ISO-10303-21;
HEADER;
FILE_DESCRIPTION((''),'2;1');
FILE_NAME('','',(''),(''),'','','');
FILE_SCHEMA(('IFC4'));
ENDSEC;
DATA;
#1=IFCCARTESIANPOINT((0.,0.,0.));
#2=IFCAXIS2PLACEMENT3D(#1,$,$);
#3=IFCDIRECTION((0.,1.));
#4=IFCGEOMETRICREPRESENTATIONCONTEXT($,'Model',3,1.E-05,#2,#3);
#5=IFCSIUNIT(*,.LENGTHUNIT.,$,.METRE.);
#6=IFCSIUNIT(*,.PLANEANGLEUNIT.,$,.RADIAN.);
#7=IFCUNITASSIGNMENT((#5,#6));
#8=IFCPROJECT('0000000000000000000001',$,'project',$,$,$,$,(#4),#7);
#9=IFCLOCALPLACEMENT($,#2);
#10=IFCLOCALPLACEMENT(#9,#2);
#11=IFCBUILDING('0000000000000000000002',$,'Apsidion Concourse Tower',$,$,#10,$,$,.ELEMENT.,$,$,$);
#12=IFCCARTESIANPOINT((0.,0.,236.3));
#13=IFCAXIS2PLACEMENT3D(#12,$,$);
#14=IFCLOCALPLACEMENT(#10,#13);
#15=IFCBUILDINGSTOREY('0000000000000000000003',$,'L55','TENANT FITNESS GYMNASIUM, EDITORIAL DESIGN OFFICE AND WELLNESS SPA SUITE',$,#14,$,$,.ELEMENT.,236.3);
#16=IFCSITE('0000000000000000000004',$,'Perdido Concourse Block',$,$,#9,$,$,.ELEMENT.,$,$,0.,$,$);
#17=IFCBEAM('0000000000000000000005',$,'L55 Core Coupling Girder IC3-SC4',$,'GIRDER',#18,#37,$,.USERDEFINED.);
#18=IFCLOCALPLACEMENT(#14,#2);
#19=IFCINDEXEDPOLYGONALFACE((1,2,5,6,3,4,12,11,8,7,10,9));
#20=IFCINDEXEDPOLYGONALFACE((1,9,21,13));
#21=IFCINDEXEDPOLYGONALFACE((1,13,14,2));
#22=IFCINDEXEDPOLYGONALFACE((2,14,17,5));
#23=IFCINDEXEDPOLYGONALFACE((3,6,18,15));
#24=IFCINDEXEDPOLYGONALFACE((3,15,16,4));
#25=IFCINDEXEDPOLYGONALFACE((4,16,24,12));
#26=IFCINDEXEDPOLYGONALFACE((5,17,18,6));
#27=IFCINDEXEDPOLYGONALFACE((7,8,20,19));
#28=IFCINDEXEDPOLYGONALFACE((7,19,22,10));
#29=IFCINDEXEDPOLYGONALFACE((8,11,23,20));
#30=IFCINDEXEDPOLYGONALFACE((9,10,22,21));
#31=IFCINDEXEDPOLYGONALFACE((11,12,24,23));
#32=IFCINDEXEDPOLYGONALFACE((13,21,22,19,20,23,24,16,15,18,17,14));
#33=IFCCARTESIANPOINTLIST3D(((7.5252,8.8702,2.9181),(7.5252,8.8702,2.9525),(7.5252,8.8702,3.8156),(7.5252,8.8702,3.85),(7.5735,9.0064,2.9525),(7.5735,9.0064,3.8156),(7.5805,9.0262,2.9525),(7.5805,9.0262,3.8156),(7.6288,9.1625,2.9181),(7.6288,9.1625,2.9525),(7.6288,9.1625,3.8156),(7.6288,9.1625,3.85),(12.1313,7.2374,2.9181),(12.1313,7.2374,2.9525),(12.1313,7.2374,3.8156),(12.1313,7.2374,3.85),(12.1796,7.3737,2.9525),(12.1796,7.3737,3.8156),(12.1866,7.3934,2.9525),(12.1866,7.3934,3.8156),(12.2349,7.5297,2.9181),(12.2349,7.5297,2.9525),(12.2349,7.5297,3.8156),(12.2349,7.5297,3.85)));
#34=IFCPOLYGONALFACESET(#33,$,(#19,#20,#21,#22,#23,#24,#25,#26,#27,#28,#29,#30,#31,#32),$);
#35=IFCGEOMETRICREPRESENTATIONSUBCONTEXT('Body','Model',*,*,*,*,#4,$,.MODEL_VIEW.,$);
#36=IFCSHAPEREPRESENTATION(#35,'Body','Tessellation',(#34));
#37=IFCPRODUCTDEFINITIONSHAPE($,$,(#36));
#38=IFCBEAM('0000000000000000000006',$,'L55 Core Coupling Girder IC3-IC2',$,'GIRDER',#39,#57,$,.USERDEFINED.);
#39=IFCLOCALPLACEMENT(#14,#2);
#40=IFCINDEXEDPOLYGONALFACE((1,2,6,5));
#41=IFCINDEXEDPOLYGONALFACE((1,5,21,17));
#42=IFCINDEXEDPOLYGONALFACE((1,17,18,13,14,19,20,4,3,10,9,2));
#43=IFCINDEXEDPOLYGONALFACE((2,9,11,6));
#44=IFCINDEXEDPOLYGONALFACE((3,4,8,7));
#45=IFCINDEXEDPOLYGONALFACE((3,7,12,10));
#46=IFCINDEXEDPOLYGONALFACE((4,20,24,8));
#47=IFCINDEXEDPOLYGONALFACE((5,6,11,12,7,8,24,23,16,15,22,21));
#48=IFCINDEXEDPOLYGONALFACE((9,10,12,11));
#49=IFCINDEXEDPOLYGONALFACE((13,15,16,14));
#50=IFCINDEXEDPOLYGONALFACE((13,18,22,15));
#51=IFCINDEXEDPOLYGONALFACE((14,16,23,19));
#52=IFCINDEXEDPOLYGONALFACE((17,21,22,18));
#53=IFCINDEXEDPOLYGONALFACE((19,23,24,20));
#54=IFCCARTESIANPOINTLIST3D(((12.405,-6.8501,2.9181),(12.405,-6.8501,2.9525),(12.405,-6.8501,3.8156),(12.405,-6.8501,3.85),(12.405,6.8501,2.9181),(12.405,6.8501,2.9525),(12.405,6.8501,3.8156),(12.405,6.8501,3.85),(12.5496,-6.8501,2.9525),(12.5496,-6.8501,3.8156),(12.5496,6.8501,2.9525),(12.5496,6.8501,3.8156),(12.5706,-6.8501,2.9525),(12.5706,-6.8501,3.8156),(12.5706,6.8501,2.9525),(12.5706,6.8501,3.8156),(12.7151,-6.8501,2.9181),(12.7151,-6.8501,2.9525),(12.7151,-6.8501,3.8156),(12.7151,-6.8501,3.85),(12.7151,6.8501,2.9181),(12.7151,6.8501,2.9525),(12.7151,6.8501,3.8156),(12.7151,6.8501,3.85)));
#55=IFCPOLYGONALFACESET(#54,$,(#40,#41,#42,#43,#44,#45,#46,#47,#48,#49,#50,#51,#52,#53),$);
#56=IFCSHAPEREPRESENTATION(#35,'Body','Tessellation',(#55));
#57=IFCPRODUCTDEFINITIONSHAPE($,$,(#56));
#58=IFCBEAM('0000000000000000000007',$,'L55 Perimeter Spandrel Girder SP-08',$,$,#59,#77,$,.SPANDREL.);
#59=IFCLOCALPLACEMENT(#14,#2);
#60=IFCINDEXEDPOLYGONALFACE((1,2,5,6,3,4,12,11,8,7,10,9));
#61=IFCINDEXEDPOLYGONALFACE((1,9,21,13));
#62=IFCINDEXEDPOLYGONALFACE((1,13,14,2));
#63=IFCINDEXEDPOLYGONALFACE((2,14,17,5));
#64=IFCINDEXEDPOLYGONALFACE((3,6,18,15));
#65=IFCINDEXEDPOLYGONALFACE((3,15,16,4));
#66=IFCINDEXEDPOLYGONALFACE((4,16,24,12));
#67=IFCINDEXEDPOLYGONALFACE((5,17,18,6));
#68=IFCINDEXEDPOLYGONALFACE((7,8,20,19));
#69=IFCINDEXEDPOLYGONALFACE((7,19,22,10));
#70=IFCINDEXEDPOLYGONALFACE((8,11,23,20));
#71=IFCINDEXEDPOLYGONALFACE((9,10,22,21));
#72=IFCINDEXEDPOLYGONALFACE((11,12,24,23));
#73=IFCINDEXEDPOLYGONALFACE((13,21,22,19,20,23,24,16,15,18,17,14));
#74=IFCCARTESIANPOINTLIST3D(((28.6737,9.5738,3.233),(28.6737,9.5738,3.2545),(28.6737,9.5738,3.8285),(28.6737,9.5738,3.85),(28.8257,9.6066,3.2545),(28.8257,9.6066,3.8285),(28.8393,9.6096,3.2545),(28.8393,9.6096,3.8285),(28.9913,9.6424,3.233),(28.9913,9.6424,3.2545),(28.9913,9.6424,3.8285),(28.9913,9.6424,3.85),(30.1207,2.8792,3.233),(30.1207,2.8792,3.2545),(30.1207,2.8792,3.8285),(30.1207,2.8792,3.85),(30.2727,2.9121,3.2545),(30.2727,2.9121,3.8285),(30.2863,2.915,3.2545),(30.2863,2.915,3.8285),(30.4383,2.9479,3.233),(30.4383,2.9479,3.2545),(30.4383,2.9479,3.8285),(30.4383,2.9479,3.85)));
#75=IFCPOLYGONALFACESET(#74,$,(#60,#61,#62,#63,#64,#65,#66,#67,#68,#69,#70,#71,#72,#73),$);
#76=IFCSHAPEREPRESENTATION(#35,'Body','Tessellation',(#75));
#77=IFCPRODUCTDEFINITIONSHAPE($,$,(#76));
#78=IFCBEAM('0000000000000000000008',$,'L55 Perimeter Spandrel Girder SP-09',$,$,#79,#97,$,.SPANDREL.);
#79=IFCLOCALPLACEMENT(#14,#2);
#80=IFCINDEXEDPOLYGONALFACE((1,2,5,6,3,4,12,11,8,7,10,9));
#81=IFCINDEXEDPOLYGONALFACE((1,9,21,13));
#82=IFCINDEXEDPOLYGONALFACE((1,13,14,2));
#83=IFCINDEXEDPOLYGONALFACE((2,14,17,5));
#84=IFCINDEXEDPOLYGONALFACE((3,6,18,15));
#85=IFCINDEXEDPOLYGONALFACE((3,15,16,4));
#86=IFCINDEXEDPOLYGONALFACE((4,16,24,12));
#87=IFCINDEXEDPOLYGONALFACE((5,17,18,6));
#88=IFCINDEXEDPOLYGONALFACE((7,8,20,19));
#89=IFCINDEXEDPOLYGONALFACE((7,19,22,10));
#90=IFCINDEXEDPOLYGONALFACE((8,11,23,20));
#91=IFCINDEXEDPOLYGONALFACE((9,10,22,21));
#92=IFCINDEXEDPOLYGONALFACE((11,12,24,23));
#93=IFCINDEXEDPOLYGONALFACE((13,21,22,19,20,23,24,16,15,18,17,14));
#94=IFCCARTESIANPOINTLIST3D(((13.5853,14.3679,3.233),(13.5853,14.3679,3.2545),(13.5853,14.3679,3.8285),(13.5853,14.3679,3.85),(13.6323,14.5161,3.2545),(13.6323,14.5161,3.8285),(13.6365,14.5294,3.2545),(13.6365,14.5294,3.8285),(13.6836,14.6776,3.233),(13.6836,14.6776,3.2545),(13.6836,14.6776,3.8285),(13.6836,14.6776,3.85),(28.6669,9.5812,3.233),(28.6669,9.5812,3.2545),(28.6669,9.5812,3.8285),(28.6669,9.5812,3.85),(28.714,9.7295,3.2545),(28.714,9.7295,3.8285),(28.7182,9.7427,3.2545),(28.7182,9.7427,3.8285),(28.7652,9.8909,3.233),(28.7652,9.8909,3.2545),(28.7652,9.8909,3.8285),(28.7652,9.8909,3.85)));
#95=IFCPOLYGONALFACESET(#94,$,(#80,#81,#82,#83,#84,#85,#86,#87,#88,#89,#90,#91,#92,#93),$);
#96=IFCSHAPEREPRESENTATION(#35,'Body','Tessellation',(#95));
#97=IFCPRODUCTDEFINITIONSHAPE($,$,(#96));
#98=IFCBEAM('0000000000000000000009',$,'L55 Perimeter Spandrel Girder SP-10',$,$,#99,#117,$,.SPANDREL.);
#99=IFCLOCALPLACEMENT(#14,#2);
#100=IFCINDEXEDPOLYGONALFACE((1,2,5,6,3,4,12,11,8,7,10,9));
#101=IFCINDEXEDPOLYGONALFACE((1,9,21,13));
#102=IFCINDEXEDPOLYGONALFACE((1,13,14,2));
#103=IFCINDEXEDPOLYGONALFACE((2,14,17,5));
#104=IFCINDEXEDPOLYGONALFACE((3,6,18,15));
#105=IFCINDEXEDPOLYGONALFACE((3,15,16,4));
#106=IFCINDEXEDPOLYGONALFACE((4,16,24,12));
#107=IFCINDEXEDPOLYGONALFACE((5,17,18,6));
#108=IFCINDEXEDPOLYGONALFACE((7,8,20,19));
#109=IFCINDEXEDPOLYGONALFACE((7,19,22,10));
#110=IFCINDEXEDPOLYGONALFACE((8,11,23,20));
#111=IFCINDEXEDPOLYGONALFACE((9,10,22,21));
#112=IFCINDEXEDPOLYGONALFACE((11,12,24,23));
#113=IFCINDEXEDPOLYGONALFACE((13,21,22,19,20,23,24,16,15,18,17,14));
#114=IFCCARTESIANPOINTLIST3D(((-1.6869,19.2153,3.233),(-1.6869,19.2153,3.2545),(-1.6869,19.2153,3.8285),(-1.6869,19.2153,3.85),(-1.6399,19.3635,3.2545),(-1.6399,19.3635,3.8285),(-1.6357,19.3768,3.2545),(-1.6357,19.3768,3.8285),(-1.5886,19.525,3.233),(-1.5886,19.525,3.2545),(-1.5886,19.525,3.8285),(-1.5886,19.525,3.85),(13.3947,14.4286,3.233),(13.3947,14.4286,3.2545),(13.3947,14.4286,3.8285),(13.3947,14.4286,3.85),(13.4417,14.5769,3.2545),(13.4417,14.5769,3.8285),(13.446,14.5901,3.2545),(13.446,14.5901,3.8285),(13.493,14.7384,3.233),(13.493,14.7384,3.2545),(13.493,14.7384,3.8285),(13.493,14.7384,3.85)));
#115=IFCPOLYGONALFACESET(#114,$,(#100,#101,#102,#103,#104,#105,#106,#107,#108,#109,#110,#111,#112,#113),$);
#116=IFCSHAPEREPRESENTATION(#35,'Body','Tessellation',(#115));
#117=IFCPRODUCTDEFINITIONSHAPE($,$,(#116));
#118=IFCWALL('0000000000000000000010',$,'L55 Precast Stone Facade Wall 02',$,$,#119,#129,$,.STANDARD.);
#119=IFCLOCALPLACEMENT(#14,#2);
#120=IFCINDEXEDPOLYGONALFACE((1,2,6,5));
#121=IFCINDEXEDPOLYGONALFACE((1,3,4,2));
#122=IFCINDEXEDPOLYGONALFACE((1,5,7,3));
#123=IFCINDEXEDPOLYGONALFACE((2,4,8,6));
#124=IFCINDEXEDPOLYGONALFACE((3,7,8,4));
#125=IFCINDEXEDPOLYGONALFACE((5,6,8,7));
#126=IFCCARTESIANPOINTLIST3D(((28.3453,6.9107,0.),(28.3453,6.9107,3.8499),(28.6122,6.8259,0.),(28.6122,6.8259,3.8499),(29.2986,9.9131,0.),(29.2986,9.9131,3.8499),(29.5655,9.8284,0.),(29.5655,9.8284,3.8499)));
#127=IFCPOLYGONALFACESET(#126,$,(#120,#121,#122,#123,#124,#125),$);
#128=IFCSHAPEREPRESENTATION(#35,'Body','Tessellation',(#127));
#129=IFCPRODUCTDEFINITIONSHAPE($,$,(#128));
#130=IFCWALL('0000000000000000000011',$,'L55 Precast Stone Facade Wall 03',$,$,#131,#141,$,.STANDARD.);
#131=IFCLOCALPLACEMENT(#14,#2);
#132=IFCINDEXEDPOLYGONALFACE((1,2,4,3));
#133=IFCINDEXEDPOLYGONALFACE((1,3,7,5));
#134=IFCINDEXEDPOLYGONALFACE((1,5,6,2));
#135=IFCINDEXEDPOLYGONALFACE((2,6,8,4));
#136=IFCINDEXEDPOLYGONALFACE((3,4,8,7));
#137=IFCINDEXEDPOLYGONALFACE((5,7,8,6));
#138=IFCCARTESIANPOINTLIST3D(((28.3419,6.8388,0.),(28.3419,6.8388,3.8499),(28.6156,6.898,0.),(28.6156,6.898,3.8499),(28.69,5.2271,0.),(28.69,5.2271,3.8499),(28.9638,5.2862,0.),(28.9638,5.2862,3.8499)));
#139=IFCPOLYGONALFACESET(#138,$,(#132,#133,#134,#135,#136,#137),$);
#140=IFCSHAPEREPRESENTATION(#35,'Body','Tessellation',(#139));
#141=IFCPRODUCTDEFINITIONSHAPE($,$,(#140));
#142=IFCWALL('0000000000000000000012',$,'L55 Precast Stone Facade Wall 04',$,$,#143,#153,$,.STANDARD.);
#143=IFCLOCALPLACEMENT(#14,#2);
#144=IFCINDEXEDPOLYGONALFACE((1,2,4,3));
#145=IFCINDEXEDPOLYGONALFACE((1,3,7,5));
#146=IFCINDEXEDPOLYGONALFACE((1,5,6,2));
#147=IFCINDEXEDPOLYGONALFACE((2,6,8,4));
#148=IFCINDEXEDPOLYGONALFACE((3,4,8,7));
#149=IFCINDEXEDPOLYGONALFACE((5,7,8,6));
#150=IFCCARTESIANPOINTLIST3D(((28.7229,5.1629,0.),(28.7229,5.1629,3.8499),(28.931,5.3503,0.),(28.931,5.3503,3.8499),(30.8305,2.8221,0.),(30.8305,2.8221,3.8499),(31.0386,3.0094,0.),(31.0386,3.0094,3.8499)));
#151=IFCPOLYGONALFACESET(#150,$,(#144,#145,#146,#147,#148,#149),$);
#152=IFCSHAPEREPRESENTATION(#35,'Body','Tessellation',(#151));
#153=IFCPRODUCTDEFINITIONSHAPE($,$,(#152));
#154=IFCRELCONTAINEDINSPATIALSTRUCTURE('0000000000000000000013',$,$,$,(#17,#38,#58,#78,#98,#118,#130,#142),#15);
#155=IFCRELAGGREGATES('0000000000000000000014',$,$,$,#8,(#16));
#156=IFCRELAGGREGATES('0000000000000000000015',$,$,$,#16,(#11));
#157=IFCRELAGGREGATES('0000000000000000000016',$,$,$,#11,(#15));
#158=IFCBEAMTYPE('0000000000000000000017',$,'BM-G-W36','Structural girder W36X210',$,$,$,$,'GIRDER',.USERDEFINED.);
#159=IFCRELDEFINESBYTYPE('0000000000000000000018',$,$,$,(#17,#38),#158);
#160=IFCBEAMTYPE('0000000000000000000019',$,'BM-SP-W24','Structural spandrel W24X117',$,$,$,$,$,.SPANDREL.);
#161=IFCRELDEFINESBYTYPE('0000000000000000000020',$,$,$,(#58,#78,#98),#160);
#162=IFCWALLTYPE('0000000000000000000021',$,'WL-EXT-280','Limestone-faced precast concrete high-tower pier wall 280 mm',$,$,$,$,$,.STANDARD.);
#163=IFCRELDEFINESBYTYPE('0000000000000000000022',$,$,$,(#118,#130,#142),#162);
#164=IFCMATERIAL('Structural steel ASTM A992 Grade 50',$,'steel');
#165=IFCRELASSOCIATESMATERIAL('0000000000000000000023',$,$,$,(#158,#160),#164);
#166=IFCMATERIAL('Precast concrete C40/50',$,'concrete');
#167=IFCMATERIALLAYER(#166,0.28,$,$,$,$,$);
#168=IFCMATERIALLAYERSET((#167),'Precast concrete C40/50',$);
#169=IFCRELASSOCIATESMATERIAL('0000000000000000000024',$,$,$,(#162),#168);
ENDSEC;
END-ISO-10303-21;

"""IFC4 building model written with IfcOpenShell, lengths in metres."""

from ifc_helpers import new_model, si_unit, direction, frame, frame_2d, origin, origin_2d, place, context, subcontext, project, spatial, rectangle, i_section, extrude, material, layer, layer_set, material_profile, profile_set, type_object, element, save


model = new_model("IFC4")

# Units and contexts
model_context = context("Model", 3, precision=1e-05, world=origin(), true_north=direction((0.0, 1.0)))
body_context = subcontext(model_context, "Body", "Model", "MODEL_VIEW")
ifc_project = project(units=[si_unit("LENGTHUNIT", "METRE"), si_unit("PLANEANGLEUNIT", "RADIAN")], contexts=[model_context])

# Site, building, storey
site_placement = place(None, origin())
site = spatial("IfcSite", under=ifc_project, at=site_placement, Name="Perdido Concourse Block", CompositionType="ELEMENT", RefElevation=0.0)
building_placement = place(site_placement, origin())
building = spatial("IfcBuilding", under=site, at=building_placement, Name="Apsidion Concourse Tower", CompositionType="ELEMENT")
storey_placement = place(building_placement, frame((0.0, 0.0, 236.3)))
storey = spatial("IfcBuildingStorey", under=building, at=storey_placement, Name="L55", Description="TENANT FITNESS GYMNASIUM, EDITORIAL DESIGN OFFICE AND WELLNESS SPA SUITE", CompositionType="ELEMENT", Elevation=236.3)

# Shared definitions
ifc_material_1 = material(Name="Structural steel ASTM A992 Grade 50", Category="steel")

# Beams
ifc_material_profile_1 = material_profile(ifc_material_1, i_section(OverallWidth=0.3101, OverallDepth=0.9319, WebThickness=0.021, FlangeThickness=0.0344, at=origin_2d()), Name="W36X210")
ifc_profile_set_1 = profile_set([ifc_material_profile_1], Name="Structural steel ASTM A992 Grade 50")
beam_type_1 = type_object("IfcBeamType", Name="BM-G-W36", Description="Structural girder W36X210", ElementType="GIRDER", PredefinedType="USERDEFINED", material=ifc_profile_set_1)
beam_1_placement = place(storey_placement, frame((12.1831, 7.3835, 3.384), z_axis=(-0.942534, 0.334111, 0.0), x_axis=(-0.334111, -0.942534, 0.0)))
element("IfcBeam", 1, at=beam_1_placement, inside=storey, type_object=beam_type_1, Name="L55 Core Coupling Girder IC3-SC4", ObjectType="GIRDER", PredefinedType="USERDEFINED", context=body_context, shape_type="SweptSolid", body=[
    extrude(i_section(OverallWidth=0.3101, OverallDepth=0.9319, WebThickness=0.021, FlangeThickness=0.0344, at=origin_2d()), origin(), (0.0, 0.0, 1.0), 4.887),
])
beam_2_placement = place(storey_placement, frame((12.5601, 6.8501, 3.384), z_axis=(0.0, -1.0, 0.0), x_axis=(1.0, 0.0, 0.0)))
element("IfcBeam", 2, at=beam_2_placement, inside=storey, type_object=beam_type_1, Name="L55 Core Coupling Girder IC3-IC2", ObjectType="GIRDER", PredefinedType="USERDEFINED", context=body_context, shape_type="SweptSolid", body=[
    extrude(i_section(OverallWidth=0.3101, OverallDepth=0.9319, WebThickness=0.021, FlangeThickness=0.0344, at=origin_2d()), origin(), (0.0, 0.0, 1.0), 13.7002),
])
ifc_material_profile_2 = material_profile(ifc_material_1, i_section(OverallWidth=0.325, OverallDepth=0.6169, WebThickness=0.0139, FlangeThickness=0.0215, at=origin_2d()), Name="W24X117")
ifc_profile_set_2 = profile_set([ifc_material_profile_2], Name="Structural steel ASTM A992 Grade 50")
beam_type_2 = type_object("IfcBeamType", Name="BM-SP-W24", Description="Structural spandrel W24X117", PredefinedType="SPANDREL", material=ifc_profile_set_2)
beam_3_placement = place(storey_placement, frame((30.2795, 2.9136, 3.5415), z_axis=(-0.211269, 0.977428, 0.0), x_axis=(-0.977428, -0.211269, 0.0)))
element("IfcBeam", 3, at=beam_3_placement, inside=storey, type_object=beam_type_2, Name="L55 Perimeter Spandrel Girder SP-08", PredefinedType="SPANDREL", context=body_context, shape_type="SweptSolid", body=[
    extrude(i_section(OverallWidth=0.325, OverallDepth=0.6169, WebThickness=0.0139, FlangeThickness=0.0215, at=origin_2d()), origin(), (0.0, 0.0, 1.0), 6.8491),
])
for number, where, z_axis, x_axis, name in (
    (4, (28.7161, 9.7361, 3.5415), (-0.953146, 0.302512, 0.0), (-0.302512, -0.953146, 0.0), "L55 Perimeter Spandrel Girder SP-09"),
    (5, (13.4438, 14.5835, 3.5415), (-0.953146, 0.302512, 0.0), (-0.302512, -0.953146, 0.0), "L55 Perimeter Spandrel Girder SP-10"),
):
    element("IfcBeam", number, at=place(storey_placement, frame(where, z_axis=z_axis, x_axis=x_axis)), inside=storey, type_object=beam_type_2, Name=name, PredefinedType="SPANDREL", context=body_context, shape_type="SweptSolid", body=[
        extrude(i_section(OverallWidth=0.325, OverallDepth=0.6169, WebThickness=0.0139, FlangeThickness=0.0215, at=origin_2d()), origin(), (0.0, 0.0, 1.0), 15.823),
    ])

# Walls
ifc_material_2 = material(Name="Precast concrete C40/50", Category="concrete")
ifc_layer_1 = layer(ifc_material_2, 0.28)
ifc_layer_set_1 = layer_set([ifc_layer_1], Name="Precast concrete C40/50")
wall_type_1 = type_object("IfcWallType", Name="WL-EXT-280", Description="Limestone-faced precast concrete high-tower pier wall 280 mm", PredefinedType="STANDARD", material=ifc_layer_set_1)
wall_1_placement = place(storey_placement, frame((29.4321, 9.8708, 0.0), z_axis=(0.0, 0.0, 1.0), x_axis=(-0.302641, -0.953105, 0.0)))
element("IfcWall", 6, at=wall_1_placement, inside=storey, type_object=wall_type_1, Name="L55 Precast Stone Facade Wall 02", PredefinedType="STANDARD", context=body_context, shape_type="SweptSolid", body=[
    extrude(rectangle(XDim=3.1501, YDim=0.28, at=frame_2d((1.5752, 0.0))), origin(), (0.0, 0.0, 1.0), 3.8499),
])
wall_2_placement = place(storey_placement, frame((28.4788, 6.8684, 0.0), z_axis=(0.0, 0.0, 1.0), x_axis=(0.211126, -0.977459, 0.0)))
element("IfcWall", 7, at=wall_2_placement, inside=storey, type_object=wall_type_1, Name="L55 Precast Stone Facade Wall 03", PredefinedType="STANDARD", context=body_context, shape_type="SweptSolid", body=[
    extrude(rectangle(XDim=1.6489, YDim=0.28, at=frame_2d((0.8245, 0.0))), origin(), (0.0, 0.0, 1.0), 3.8499),
])
wall_3_placement = place(storey_placement, frame((28.8269, 5.2566, 0.0), z_axis=(0.0, 0.0, 1.0), x_axis=(0.669127, -0.743148, 0.0)))
element("IfcWall", 8, at=wall_3_placement, inside=storey, type_object=wall_type_1, Name="L55 Precast Stone Facade Wall 04", PredefinedType="STANDARD", context=body_context, shape_type="SweptSolid", body=[
    extrude(rectangle(XDim=3.1499, YDim=0.28, at=frame_2d((1.575, 0.0))), origin(), (0.0, 0.0, 1.0), 3.8499),
])

save(model, "model.ifc")
